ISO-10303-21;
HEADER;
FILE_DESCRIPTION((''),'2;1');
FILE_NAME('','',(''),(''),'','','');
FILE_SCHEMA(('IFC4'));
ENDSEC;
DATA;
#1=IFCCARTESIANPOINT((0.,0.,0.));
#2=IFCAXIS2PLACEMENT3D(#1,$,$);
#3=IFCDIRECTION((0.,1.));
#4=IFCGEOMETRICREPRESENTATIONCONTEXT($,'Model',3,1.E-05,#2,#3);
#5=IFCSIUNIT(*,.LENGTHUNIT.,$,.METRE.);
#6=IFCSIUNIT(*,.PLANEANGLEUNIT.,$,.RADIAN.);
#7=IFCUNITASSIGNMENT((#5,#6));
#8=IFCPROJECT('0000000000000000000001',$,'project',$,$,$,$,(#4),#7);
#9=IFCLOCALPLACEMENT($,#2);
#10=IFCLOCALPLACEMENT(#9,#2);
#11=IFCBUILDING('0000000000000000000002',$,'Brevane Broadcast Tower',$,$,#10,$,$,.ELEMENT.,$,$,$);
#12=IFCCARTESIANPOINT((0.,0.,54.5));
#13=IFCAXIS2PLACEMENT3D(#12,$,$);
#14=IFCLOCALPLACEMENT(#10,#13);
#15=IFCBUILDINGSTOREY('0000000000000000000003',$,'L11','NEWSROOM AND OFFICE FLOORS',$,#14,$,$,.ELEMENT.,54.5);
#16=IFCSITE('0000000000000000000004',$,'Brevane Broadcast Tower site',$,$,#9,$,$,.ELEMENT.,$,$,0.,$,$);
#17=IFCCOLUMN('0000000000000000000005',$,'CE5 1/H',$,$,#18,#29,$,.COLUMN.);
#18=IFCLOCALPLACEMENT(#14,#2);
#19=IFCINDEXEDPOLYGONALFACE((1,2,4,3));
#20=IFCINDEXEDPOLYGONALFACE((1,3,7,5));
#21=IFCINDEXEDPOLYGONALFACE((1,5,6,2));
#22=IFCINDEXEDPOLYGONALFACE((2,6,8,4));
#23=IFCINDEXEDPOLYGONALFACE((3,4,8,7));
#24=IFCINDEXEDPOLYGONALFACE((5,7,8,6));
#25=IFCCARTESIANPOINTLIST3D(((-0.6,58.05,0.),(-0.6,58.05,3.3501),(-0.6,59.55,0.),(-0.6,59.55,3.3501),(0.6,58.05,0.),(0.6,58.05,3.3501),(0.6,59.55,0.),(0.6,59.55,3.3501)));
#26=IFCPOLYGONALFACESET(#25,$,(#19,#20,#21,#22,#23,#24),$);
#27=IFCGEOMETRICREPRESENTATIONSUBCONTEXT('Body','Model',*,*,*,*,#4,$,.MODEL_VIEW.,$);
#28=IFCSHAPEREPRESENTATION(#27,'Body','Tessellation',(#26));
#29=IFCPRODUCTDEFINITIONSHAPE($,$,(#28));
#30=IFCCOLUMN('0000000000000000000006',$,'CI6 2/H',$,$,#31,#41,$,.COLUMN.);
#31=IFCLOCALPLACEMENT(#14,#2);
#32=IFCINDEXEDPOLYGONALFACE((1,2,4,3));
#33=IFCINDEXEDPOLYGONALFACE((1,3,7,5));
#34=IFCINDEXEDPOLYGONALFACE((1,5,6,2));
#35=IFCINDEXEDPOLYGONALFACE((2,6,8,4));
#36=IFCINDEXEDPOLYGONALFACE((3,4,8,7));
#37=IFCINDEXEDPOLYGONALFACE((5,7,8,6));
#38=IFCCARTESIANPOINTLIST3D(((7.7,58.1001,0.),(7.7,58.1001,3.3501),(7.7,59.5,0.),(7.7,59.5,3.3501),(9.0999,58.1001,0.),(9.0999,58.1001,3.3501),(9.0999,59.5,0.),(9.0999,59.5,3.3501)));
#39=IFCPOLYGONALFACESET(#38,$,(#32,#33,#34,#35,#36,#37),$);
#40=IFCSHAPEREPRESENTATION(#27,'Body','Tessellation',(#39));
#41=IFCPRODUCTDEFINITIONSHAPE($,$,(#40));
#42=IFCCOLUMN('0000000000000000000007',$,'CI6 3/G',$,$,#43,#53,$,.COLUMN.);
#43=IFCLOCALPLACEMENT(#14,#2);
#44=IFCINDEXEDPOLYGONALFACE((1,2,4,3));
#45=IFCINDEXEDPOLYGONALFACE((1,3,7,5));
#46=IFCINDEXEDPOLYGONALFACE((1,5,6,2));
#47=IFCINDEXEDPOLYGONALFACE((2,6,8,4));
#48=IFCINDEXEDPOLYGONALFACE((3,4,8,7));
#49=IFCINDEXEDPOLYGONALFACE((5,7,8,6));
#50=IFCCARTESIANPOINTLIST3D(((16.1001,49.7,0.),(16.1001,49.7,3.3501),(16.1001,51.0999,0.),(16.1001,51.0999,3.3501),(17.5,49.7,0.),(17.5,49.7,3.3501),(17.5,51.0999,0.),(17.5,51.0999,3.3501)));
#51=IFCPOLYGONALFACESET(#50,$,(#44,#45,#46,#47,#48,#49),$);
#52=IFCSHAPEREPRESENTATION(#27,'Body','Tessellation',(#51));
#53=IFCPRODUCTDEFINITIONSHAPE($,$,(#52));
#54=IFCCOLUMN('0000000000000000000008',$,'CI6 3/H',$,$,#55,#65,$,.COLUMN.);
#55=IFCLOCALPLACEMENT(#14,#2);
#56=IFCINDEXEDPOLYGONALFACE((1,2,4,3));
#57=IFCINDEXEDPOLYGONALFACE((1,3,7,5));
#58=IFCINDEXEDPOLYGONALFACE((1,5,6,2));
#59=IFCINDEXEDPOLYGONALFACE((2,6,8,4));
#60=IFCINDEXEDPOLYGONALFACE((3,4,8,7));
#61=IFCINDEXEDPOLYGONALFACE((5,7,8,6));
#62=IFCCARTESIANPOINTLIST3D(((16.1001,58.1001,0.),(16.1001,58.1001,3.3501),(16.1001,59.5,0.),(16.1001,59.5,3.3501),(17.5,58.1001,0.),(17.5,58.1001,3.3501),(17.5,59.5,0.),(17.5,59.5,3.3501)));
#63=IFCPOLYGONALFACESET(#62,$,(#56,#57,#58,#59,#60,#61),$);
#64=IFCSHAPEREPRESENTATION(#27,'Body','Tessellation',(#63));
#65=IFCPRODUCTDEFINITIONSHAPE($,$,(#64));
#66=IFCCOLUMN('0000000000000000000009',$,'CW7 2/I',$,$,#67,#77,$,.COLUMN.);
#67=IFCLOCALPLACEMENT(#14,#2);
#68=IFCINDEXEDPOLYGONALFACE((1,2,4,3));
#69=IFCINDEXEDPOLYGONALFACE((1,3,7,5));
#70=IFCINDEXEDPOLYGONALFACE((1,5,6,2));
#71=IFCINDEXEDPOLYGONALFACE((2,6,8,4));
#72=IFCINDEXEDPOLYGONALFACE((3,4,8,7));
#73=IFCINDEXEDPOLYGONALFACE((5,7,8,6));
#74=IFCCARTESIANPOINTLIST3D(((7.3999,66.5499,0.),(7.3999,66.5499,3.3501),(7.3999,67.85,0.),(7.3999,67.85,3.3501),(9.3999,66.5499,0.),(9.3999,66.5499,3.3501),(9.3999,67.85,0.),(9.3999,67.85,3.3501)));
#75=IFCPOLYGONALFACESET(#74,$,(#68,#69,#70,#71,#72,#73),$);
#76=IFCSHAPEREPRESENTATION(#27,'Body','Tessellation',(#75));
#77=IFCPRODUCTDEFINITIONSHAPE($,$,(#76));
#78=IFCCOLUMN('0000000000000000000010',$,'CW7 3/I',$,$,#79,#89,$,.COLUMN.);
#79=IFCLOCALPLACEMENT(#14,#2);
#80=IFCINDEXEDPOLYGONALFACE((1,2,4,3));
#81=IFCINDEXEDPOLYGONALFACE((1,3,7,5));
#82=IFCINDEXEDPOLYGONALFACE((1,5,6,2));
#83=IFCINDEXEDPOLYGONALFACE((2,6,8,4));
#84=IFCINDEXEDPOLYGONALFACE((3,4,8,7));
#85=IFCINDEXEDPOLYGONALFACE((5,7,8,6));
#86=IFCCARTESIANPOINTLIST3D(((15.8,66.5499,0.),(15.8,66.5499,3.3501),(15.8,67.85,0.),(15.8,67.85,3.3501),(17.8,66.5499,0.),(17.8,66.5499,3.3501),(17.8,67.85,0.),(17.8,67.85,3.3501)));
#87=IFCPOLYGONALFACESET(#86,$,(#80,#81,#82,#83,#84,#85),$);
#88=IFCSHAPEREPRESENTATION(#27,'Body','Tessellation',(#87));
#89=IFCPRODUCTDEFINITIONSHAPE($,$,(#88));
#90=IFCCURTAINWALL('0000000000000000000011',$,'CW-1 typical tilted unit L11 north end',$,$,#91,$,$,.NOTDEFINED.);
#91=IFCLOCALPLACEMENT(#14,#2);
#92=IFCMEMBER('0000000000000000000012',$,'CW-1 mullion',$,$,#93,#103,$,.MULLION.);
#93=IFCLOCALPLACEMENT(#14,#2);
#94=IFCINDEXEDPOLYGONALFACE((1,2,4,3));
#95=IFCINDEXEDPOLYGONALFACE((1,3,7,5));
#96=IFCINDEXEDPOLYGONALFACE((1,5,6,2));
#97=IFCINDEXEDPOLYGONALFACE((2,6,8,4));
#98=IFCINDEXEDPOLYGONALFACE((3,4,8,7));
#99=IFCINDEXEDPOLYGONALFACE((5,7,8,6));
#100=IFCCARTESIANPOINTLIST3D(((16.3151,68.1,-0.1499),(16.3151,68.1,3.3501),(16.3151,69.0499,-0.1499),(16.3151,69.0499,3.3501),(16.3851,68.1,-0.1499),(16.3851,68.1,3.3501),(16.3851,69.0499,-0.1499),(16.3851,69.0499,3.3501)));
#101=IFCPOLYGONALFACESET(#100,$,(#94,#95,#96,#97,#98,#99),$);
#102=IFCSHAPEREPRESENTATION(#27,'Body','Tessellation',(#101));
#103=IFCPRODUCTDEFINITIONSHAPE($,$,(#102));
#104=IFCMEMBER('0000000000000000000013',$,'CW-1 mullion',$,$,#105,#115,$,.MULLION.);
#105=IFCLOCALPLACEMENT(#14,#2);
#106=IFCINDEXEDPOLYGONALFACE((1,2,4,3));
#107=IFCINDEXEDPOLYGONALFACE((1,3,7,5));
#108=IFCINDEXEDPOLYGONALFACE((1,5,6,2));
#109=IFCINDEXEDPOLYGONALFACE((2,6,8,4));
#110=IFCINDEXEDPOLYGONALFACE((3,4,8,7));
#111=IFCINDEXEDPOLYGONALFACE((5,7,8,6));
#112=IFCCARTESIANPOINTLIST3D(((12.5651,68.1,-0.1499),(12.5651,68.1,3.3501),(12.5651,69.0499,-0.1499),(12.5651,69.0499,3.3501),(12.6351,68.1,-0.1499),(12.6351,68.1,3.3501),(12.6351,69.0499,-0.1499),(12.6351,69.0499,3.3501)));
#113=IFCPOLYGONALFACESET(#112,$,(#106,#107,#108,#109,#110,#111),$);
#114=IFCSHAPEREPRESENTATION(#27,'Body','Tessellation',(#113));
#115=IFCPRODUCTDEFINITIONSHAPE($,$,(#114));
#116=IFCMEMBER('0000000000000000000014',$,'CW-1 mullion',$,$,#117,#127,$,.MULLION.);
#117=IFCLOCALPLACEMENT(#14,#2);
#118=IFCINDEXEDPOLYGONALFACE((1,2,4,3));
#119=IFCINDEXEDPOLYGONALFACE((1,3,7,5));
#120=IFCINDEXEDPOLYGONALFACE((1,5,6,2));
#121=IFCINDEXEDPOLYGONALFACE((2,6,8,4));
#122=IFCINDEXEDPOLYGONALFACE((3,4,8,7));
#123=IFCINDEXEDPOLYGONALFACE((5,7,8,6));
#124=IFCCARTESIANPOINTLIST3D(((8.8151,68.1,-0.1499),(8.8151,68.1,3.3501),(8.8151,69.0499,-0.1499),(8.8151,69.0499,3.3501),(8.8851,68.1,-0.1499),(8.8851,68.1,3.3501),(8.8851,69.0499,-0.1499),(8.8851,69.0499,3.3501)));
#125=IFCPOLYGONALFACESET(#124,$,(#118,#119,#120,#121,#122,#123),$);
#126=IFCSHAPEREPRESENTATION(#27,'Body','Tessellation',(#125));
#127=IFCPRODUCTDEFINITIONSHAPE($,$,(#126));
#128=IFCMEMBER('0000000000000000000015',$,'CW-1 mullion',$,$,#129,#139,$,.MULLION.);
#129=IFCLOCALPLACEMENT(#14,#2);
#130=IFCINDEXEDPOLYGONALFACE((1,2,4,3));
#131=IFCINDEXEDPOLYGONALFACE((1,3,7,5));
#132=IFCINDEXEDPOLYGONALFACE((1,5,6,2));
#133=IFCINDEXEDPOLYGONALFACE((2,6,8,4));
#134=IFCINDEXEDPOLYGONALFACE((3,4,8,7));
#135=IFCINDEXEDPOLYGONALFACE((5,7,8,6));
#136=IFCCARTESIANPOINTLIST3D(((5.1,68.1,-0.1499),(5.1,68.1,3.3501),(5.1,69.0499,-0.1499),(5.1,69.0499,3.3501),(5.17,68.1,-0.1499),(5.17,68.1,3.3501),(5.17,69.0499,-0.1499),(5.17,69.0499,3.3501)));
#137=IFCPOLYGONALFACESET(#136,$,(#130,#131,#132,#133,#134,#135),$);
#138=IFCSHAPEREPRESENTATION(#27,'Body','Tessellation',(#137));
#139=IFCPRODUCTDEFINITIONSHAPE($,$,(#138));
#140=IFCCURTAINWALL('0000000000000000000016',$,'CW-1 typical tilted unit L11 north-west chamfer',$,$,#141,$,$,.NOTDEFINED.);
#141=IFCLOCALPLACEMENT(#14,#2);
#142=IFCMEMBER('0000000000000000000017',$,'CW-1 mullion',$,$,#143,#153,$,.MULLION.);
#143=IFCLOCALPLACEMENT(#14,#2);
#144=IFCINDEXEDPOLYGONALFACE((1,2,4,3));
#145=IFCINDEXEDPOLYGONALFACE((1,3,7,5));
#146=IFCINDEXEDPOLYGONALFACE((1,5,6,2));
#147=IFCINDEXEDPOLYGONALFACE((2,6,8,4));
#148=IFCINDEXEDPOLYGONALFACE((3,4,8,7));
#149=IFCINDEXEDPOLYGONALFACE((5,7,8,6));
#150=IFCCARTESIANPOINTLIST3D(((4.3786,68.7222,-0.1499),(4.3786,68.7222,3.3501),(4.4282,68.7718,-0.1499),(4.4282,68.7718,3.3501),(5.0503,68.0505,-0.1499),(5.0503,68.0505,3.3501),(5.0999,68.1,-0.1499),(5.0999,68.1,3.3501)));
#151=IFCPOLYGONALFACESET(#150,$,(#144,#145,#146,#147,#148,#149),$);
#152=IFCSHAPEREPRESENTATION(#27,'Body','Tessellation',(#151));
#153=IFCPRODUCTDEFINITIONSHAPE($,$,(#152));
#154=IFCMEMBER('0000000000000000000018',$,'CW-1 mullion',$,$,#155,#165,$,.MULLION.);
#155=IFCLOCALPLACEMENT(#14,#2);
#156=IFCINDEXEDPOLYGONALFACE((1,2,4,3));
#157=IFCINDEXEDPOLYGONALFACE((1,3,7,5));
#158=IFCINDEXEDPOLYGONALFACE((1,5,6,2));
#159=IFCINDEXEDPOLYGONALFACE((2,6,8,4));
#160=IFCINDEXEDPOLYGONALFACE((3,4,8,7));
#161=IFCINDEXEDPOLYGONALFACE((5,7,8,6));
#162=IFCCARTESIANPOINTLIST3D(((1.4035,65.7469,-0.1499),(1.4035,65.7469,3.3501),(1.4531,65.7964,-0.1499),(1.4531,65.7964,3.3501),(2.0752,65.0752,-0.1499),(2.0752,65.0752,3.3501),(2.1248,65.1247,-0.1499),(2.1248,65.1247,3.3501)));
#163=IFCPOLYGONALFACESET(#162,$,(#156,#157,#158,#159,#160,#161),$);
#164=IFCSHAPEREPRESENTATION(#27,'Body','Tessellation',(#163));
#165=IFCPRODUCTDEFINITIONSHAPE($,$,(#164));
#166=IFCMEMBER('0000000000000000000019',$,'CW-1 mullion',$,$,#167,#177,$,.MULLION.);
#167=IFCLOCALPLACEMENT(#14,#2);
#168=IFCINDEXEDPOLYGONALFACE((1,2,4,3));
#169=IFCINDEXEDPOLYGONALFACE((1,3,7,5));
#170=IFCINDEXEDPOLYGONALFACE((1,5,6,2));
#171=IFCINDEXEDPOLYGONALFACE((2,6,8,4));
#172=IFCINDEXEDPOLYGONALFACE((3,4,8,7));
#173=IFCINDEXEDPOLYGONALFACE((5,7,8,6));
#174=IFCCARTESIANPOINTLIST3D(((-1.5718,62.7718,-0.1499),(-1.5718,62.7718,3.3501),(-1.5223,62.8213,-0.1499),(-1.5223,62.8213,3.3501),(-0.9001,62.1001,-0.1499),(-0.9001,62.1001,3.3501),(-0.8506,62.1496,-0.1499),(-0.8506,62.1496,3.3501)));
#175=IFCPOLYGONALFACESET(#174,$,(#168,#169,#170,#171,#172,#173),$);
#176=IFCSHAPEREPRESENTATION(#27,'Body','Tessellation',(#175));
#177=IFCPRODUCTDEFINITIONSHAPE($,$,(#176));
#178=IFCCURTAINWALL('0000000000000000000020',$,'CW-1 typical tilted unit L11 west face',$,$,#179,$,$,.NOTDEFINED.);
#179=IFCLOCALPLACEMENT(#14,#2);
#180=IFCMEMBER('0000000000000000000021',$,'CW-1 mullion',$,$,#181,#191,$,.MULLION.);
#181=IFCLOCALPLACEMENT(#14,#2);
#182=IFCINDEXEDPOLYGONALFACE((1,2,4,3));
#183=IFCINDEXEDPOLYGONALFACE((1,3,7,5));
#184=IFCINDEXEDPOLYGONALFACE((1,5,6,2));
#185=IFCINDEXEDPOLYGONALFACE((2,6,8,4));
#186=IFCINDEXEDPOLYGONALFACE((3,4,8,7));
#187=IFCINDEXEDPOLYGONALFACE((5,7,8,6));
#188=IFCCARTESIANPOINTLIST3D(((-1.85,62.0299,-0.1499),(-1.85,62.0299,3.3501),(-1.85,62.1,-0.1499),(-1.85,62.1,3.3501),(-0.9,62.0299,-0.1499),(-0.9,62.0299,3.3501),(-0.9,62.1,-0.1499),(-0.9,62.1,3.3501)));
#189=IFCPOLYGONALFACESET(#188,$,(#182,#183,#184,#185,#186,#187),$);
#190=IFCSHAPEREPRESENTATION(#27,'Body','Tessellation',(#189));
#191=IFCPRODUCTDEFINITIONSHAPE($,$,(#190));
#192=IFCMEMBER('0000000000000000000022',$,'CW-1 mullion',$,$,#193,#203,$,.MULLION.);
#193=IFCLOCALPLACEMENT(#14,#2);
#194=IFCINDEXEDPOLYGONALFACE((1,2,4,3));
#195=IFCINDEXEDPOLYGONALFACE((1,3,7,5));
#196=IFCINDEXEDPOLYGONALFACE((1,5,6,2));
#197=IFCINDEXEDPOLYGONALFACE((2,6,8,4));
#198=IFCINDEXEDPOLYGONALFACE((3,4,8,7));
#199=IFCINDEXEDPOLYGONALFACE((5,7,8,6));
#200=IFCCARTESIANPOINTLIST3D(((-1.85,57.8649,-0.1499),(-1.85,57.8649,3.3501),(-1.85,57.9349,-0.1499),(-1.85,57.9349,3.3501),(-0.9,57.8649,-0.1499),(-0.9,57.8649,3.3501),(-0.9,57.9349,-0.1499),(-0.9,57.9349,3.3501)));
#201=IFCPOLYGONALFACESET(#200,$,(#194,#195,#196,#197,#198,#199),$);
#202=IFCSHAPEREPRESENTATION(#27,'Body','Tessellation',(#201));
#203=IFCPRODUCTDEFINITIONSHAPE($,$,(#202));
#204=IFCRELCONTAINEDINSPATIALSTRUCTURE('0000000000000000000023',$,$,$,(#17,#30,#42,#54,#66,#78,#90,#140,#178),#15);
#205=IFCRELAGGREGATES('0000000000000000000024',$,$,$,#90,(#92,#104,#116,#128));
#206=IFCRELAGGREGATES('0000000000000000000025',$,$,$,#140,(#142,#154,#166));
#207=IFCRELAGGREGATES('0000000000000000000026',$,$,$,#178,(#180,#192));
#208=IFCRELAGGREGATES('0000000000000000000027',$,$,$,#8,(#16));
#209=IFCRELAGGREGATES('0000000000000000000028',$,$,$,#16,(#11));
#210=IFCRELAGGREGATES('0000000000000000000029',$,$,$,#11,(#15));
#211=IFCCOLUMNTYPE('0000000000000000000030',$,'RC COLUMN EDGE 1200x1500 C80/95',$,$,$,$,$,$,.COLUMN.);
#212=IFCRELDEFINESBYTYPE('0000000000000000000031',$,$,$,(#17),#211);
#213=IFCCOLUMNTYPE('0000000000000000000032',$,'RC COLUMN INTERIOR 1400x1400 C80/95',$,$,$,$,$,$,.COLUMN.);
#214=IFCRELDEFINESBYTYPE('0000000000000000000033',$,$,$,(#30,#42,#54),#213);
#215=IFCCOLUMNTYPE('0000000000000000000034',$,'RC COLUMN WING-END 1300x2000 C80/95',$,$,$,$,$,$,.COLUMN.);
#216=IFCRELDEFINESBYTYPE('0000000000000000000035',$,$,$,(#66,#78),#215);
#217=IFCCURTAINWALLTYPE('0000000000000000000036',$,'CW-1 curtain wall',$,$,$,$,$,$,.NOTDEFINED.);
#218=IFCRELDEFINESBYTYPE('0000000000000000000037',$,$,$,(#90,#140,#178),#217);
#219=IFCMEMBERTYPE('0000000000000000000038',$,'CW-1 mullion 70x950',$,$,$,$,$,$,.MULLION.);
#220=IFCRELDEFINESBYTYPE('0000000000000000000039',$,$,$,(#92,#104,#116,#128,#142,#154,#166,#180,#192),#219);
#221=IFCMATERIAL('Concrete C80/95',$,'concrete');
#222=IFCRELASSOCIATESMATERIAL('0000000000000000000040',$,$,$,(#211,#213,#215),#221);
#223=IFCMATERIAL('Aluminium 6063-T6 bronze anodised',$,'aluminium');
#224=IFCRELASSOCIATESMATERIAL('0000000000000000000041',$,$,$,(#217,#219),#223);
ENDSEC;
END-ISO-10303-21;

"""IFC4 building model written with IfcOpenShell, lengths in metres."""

from ifc_helpers import new_model, si_unit, direction, frame, origin, origin_2d, place, context, subcontext, project, spatial, rectangle, extrude, material, material_profile, profile_set, type_object, element, aggregate, save


model = new_model("IFC4")

# Units and contexts
model_context = context("Model", 3, precision=1e-05, world=origin(), true_north=direction((0.0, 1.0)))
body_context = subcontext(model_context, "Body", "Model", "MODEL_VIEW")
ifc_project = project(units=[si_unit("LENGTHUNIT", "METRE"), si_unit("PLANEANGLEUNIT", "RADIAN")], contexts=[model_context])

# Site, building, storey
site_placement = place(None, origin())
site = spatial("IfcSite", under=ifc_project, at=site_placement, Name="Brevane Broadcast Tower site", CompositionType="ELEMENT", RefElevation=0.0)
building_placement = place(site_placement, origin())
building = spatial("IfcBuilding", under=site, at=building_placement, Name="Brevane Broadcast Tower", CompositionType="ELEMENT")
storey_placement = place(building_placement, frame((0.0, 0.0, 54.5)))
storey = spatial("IfcBuildingStorey", under=building, at=storey_placement, Name="L11", Description="NEWSROOM AND OFFICE FLOORS", CompositionType="ELEMENT", Elevation=54.5)

# Columns
ifc_material_1 = material(Name="Concrete C80/95", Category="concrete")
ifc_material_profile_1 = material_profile(ifc_material_1, rectangle(XDim=1.2, YDim=1.5, at=origin_2d()), Name="RC 1200x1500")
ifc_profile_set_1 = profile_set([ifc_material_profile_1], Name="Concrete C80/95")
column_type_1 = type_object("IfcColumnType", Name="RC COLUMN EDGE 1200x1500 C80/95", PredefinedType="COLUMN", material=ifc_profile_set_1)
column_placement = place(storey_placement, frame((0.0, 58.8, 0.0), z_axis=(0.0, 0.0, 1.0), x_axis=(1.0, 0.0, 0.0)))
element("IfcColumn", 1, at=column_placement, inside=storey, type_object=column_type_1, Name="CE5 1/H", PredefinedType="COLUMN", context=body_context, shape_type="SweptSolid", body=[
    extrude(rectangle(XDim=1.2, YDim=1.5, at=origin_2d()), origin(), (0.0, 0.0, 1.0), 3.3501),
])
ifc_material_profile_2 = material_profile(ifc_material_1, rectangle(XDim=1.3999, YDim=1.3999, at=origin_2d()), Name="RC 1400x1400")
ifc_profile_set_2 = profile_set([ifc_material_profile_2], Name="Concrete C80/95")
column_type_2 = type_object("IfcColumnType", Name="RC COLUMN INTERIOR 1400x1400 C80/95", PredefinedType="COLUMN", material=ifc_profile_set_2)
for number, where, z_axis, x_axis, name in (
    (2, (8.3999, 58.8, 0.0), (0.0, 0.0, 1.0), (1.0, 0.0, 0.0), "CI6 2/H"),
    (3, (16.8, 50.3999, 0.0), (0.0, 0.0, 1.0), (1.0, 0.0, 0.0), "CI6 3/G"),
    (4, (16.8, 58.8, 0.0), (0.0, 0.0, 1.0), (1.0, 0.0, 0.0), "CI6 3/H"),
):
    element("IfcColumn", number, at=place(storey_placement, frame(where, z_axis=z_axis, x_axis=x_axis)), inside=storey, type_object=column_type_2, Name=name, PredefinedType="COLUMN", context=body_context, shape_type="SweptSolid", body=[
        extrude(rectangle(XDim=1.3999, YDim=1.3999, at=origin_2d()), origin(), (0.0, 0.0, 1.0), 3.3501),
    ])
ifc_material_profile_3 = material_profile(ifc_material_1, rectangle(XDim=1.3, YDim=2.0, at=origin_2d()), Name="RC 1300x2000")
ifc_profile_set_3 = profile_set([ifc_material_profile_3], Name="Concrete C80/95")
column_type_3 = type_object("IfcColumnType", Name="RC COLUMN WING-END 1300x2000 C80/95", PredefinedType="COLUMN", material=ifc_profile_set_3)
for number, where, z_axis, x_axis, name in (
    (5, (8.3999, 67.2, 0.0), (0.0, 0.0, 1.0), (0.0, 1.0, 0.0), "CW7 2/I"),
    (6, (16.8, 67.2, 0.0), (0.0, 0.0, 1.0), (0.0, 1.0, 0.0), "CW7 3/I"),
):
    element("IfcColumn", number, at=place(storey_placement, frame(where, z_axis=z_axis, x_axis=x_axis)), inside=storey, type_object=column_type_3, Name=name, PredefinedType="COLUMN", context=body_context, shape_type="SweptSolid", body=[
        extrude(rectangle(XDim=1.3, YDim=2.0, at=origin_2d()), origin(), (0.0, 0.0, 1.0), 3.3501),
    ])

# Curtain walls, members
ifc_material_2 = material(Name="Aluminium 6063-T6 bronze anodised", Category="aluminium")
curtain_wall_type = type_object("IfcCurtainWallType", Name="CW-1 curtain wall", PredefinedType="NOTDEFINED", material=ifc_material_2)
curtain_wall_1_placement = place(storey_placement, origin())
curtain_wall_1 = element("IfcCurtainWall", 7, at=curtain_wall_1_placement, inside=storey, type_object=curtain_wall_type, Name="CW-1 typical tilted unit L11 north end", PredefinedType="NOTDEFINED")
ifc_material_profile_4 = material_profile(ifc_material_2, rectangle(XDim=0.95, YDim=0.0701, at=origin_2d()), Name="RECT 70x950")
ifc_profile_set_4 = profile_set([ifc_material_profile_4], Name="Aluminium 6063-T6 bronze anodised")
member_type_1 = type_object("IfcMemberType", Name="CW-1 mullion 70x950", PredefinedType="MULLION", material=ifc_profile_set_4)
member_1_placement = place(storey_placement, frame((16.3501, 68.575, -0.1499), z_axis=(0.0, 0.0, 1.0), x_axis=(0.0, -1.0, 0.0)))
member_1 = element("IfcMember", 8, at=member_1_placement, type_object=member_type_1, Name="CW-1 mullion", PredefinedType="MULLION", context=body_context, shape_type="SweptSolid", body=[
    extrude(rectangle(XDim=0.95, YDim=0.0701, at=origin_2d()), origin(), (0.0, 0.0, 1.0), 3.5),
])
member_2_placement = place(storey_placement, frame((12.6001, 68.575, -0.1499), z_axis=(0.0, 0.0, 1.0), x_axis=(0.0, -1.0, 0.0)))
member_2 = element("IfcMember", 9, at=member_2_placement, type_object=member_type_1, Name="CW-1 mullion", PredefinedType="MULLION", context=body_context, shape_type="SweptSolid", body=[
    extrude(rectangle(XDim=0.95, YDim=0.0701, at=origin_2d()), origin(), (0.0, 0.0, 1.0), 3.5),
])
member_3_placement = place(storey_placement, frame((8.8501, 68.575, -0.1499), z_axis=(0.0, 0.0, 1.0), x_axis=(0.0, -1.0, 0.0)))
member_3 = element("IfcMember", 10, at=member_3_placement, type_object=member_type_1, Name="CW-1 mullion", PredefinedType="MULLION", context=body_context, shape_type="SweptSolid", body=[
    extrude(rectangle(XDim=0.95, YDim=0.0701, at=origin_2d()), origin(), (0.0, 0.0, 1.0), 3.5),
])
member_4_placement = place(storey_placement, frame((5.135, 68.575, -0.1499), z_axis=(0.0, 0.0, 1.0), x_axis=(0.0, -1.0, 0.0)))
member_4 = element("IfcMember", 11, at=member_4_placement, type_object=member_type_1, Name="CW-1 mullion", PredefinedType="MULLION", context=body_context, shape_type="SweptSolid", body=[
    extrude(rectangle(XDim=0.95, YDim=0.0701, at=origin_2d()), origin(), (0.0, 0.0, 1.0), 3.5),
])
aggregate(curtain_wall_1, [member_1, member_2, member_3, member_4])
curtain_wall_2_placement = place(storey_placement, origin())
curtain_wall_2 = element("IfcCurtainWall", 12, at=curtain_wall_2_placement, inside=storey, type_object=curtain_wall_type, Name="CW-1 typical tilted unit L11 north-west chamfer", PredefinedType="NOTDEFINED")
member_5_placement = place(storey_placement, frame((4.7393, 68.4111, -0.1499), z_axis=(0.0, 0.0, 1.0), x_axis=(0.707107, -0.707107, 0.0)))
member_5 = element("IfcMember", 13, at=member_5_placement, type_object=member_type_1, Name="CW-1 mullion", PredefinedType="MULLION", context=body_context, shape_type="SweptSolid", body=[
    extrude(rectangle(XDim=0.95, YDim=0.0701, at=origin_2d()), origin(), (0.0, 0.0, 1.0), 3.5),
])
member_6_placement = place(storey_placement, frame((1.7642, 65.4358, -0.1499), z_axis=(0.0, 0.0, 1.0), x_axis=(0.707107, -0.707107, 0.0)))
member_6 = element("IfcMember", 14, at=member_6_placement, type_object=member_type_1, Name="CW-1 mullion", PredefinedType="MULLION", context=body_context, shape_type="SweptSolid", body=[
    extrude(rectangle(XDim=0.95, YDim=0.0701, at=origin_2d()), origin(), (0.0, 0.0, 1.0), 3.5),
])
member_7_placement = place(storey_placement, frame((-1.2112, 62.4607, -0.1499), z_axis=(0.0, 0.0, 1.0), x_axis=(0.707107, -0.707107, 0.0)))
member_7 = element("IfcMember", 15, at=member_7_placement, type_object=member_type_1, Name="CW-1 mullion", PredefinedType="MULLION", context=body_context, shape_type="SweptSolid", body=[
    extrude(rectangle(XDim=0.95, YDim=0.0701, at=origin_2d()), origin(), (0.0, 0.0, 1.0), 3.5),
])
curtain_wall_3_placement = place(storey_placement, origin())
curtain_wall_3 = element("IfcCurtainWall", 16, at=curtain_wall_3_placement, inside=storey, type_object=curtain_wall_type, Name="CW-1 typical tilted unit L11 west face", PredefinedType="NOTDEFINED")
member_8_placement = place(storey_placement, frame((-1.375, 62.0649, -0.1499), z_axis=(0.0, 0.0, 1.0), x_axis=(1.0, 0.0, 0.0)))
member_8 = element("IfcMember", 17, at=member_8_placement, type_object=member_type_1, Name="CW-1 mullion", PredefinedType="MULLION", context=body_context, shape_type="SweptSolid", body=[
    extrude(rectangle(XDim=0.95, YDim=0.0701, at=origin_2d()), origin(), (0.0, 0.0, 1.0), 3.5),
])
member_9_placement = place(storey_placement, frame((-1.375, 57.8999, -0.1499), z_axis=(0.0, 0.0, 1.0), x_axis=(1.0, 0.0, 0.0)))
member_9 = element("IfcMember", 18, at=member_9_placement, type_object=member_type_1, Name="CW-1 mullion", PredefinedType="MULLION", context=body_context, shape_type="SweptSolid", body=[
    extrude(rectangle(XDim=0.95, YDim=0.0701, at=origin_2d()), origin(), (0.0, 0.0, 1.0), 3.5),
])

aggregate(curtain_wall_2, [member_5, member_6, member_7])
aggregate(curtain_wall_3, [member_8, member_9])

save(model, "model.ifc")
